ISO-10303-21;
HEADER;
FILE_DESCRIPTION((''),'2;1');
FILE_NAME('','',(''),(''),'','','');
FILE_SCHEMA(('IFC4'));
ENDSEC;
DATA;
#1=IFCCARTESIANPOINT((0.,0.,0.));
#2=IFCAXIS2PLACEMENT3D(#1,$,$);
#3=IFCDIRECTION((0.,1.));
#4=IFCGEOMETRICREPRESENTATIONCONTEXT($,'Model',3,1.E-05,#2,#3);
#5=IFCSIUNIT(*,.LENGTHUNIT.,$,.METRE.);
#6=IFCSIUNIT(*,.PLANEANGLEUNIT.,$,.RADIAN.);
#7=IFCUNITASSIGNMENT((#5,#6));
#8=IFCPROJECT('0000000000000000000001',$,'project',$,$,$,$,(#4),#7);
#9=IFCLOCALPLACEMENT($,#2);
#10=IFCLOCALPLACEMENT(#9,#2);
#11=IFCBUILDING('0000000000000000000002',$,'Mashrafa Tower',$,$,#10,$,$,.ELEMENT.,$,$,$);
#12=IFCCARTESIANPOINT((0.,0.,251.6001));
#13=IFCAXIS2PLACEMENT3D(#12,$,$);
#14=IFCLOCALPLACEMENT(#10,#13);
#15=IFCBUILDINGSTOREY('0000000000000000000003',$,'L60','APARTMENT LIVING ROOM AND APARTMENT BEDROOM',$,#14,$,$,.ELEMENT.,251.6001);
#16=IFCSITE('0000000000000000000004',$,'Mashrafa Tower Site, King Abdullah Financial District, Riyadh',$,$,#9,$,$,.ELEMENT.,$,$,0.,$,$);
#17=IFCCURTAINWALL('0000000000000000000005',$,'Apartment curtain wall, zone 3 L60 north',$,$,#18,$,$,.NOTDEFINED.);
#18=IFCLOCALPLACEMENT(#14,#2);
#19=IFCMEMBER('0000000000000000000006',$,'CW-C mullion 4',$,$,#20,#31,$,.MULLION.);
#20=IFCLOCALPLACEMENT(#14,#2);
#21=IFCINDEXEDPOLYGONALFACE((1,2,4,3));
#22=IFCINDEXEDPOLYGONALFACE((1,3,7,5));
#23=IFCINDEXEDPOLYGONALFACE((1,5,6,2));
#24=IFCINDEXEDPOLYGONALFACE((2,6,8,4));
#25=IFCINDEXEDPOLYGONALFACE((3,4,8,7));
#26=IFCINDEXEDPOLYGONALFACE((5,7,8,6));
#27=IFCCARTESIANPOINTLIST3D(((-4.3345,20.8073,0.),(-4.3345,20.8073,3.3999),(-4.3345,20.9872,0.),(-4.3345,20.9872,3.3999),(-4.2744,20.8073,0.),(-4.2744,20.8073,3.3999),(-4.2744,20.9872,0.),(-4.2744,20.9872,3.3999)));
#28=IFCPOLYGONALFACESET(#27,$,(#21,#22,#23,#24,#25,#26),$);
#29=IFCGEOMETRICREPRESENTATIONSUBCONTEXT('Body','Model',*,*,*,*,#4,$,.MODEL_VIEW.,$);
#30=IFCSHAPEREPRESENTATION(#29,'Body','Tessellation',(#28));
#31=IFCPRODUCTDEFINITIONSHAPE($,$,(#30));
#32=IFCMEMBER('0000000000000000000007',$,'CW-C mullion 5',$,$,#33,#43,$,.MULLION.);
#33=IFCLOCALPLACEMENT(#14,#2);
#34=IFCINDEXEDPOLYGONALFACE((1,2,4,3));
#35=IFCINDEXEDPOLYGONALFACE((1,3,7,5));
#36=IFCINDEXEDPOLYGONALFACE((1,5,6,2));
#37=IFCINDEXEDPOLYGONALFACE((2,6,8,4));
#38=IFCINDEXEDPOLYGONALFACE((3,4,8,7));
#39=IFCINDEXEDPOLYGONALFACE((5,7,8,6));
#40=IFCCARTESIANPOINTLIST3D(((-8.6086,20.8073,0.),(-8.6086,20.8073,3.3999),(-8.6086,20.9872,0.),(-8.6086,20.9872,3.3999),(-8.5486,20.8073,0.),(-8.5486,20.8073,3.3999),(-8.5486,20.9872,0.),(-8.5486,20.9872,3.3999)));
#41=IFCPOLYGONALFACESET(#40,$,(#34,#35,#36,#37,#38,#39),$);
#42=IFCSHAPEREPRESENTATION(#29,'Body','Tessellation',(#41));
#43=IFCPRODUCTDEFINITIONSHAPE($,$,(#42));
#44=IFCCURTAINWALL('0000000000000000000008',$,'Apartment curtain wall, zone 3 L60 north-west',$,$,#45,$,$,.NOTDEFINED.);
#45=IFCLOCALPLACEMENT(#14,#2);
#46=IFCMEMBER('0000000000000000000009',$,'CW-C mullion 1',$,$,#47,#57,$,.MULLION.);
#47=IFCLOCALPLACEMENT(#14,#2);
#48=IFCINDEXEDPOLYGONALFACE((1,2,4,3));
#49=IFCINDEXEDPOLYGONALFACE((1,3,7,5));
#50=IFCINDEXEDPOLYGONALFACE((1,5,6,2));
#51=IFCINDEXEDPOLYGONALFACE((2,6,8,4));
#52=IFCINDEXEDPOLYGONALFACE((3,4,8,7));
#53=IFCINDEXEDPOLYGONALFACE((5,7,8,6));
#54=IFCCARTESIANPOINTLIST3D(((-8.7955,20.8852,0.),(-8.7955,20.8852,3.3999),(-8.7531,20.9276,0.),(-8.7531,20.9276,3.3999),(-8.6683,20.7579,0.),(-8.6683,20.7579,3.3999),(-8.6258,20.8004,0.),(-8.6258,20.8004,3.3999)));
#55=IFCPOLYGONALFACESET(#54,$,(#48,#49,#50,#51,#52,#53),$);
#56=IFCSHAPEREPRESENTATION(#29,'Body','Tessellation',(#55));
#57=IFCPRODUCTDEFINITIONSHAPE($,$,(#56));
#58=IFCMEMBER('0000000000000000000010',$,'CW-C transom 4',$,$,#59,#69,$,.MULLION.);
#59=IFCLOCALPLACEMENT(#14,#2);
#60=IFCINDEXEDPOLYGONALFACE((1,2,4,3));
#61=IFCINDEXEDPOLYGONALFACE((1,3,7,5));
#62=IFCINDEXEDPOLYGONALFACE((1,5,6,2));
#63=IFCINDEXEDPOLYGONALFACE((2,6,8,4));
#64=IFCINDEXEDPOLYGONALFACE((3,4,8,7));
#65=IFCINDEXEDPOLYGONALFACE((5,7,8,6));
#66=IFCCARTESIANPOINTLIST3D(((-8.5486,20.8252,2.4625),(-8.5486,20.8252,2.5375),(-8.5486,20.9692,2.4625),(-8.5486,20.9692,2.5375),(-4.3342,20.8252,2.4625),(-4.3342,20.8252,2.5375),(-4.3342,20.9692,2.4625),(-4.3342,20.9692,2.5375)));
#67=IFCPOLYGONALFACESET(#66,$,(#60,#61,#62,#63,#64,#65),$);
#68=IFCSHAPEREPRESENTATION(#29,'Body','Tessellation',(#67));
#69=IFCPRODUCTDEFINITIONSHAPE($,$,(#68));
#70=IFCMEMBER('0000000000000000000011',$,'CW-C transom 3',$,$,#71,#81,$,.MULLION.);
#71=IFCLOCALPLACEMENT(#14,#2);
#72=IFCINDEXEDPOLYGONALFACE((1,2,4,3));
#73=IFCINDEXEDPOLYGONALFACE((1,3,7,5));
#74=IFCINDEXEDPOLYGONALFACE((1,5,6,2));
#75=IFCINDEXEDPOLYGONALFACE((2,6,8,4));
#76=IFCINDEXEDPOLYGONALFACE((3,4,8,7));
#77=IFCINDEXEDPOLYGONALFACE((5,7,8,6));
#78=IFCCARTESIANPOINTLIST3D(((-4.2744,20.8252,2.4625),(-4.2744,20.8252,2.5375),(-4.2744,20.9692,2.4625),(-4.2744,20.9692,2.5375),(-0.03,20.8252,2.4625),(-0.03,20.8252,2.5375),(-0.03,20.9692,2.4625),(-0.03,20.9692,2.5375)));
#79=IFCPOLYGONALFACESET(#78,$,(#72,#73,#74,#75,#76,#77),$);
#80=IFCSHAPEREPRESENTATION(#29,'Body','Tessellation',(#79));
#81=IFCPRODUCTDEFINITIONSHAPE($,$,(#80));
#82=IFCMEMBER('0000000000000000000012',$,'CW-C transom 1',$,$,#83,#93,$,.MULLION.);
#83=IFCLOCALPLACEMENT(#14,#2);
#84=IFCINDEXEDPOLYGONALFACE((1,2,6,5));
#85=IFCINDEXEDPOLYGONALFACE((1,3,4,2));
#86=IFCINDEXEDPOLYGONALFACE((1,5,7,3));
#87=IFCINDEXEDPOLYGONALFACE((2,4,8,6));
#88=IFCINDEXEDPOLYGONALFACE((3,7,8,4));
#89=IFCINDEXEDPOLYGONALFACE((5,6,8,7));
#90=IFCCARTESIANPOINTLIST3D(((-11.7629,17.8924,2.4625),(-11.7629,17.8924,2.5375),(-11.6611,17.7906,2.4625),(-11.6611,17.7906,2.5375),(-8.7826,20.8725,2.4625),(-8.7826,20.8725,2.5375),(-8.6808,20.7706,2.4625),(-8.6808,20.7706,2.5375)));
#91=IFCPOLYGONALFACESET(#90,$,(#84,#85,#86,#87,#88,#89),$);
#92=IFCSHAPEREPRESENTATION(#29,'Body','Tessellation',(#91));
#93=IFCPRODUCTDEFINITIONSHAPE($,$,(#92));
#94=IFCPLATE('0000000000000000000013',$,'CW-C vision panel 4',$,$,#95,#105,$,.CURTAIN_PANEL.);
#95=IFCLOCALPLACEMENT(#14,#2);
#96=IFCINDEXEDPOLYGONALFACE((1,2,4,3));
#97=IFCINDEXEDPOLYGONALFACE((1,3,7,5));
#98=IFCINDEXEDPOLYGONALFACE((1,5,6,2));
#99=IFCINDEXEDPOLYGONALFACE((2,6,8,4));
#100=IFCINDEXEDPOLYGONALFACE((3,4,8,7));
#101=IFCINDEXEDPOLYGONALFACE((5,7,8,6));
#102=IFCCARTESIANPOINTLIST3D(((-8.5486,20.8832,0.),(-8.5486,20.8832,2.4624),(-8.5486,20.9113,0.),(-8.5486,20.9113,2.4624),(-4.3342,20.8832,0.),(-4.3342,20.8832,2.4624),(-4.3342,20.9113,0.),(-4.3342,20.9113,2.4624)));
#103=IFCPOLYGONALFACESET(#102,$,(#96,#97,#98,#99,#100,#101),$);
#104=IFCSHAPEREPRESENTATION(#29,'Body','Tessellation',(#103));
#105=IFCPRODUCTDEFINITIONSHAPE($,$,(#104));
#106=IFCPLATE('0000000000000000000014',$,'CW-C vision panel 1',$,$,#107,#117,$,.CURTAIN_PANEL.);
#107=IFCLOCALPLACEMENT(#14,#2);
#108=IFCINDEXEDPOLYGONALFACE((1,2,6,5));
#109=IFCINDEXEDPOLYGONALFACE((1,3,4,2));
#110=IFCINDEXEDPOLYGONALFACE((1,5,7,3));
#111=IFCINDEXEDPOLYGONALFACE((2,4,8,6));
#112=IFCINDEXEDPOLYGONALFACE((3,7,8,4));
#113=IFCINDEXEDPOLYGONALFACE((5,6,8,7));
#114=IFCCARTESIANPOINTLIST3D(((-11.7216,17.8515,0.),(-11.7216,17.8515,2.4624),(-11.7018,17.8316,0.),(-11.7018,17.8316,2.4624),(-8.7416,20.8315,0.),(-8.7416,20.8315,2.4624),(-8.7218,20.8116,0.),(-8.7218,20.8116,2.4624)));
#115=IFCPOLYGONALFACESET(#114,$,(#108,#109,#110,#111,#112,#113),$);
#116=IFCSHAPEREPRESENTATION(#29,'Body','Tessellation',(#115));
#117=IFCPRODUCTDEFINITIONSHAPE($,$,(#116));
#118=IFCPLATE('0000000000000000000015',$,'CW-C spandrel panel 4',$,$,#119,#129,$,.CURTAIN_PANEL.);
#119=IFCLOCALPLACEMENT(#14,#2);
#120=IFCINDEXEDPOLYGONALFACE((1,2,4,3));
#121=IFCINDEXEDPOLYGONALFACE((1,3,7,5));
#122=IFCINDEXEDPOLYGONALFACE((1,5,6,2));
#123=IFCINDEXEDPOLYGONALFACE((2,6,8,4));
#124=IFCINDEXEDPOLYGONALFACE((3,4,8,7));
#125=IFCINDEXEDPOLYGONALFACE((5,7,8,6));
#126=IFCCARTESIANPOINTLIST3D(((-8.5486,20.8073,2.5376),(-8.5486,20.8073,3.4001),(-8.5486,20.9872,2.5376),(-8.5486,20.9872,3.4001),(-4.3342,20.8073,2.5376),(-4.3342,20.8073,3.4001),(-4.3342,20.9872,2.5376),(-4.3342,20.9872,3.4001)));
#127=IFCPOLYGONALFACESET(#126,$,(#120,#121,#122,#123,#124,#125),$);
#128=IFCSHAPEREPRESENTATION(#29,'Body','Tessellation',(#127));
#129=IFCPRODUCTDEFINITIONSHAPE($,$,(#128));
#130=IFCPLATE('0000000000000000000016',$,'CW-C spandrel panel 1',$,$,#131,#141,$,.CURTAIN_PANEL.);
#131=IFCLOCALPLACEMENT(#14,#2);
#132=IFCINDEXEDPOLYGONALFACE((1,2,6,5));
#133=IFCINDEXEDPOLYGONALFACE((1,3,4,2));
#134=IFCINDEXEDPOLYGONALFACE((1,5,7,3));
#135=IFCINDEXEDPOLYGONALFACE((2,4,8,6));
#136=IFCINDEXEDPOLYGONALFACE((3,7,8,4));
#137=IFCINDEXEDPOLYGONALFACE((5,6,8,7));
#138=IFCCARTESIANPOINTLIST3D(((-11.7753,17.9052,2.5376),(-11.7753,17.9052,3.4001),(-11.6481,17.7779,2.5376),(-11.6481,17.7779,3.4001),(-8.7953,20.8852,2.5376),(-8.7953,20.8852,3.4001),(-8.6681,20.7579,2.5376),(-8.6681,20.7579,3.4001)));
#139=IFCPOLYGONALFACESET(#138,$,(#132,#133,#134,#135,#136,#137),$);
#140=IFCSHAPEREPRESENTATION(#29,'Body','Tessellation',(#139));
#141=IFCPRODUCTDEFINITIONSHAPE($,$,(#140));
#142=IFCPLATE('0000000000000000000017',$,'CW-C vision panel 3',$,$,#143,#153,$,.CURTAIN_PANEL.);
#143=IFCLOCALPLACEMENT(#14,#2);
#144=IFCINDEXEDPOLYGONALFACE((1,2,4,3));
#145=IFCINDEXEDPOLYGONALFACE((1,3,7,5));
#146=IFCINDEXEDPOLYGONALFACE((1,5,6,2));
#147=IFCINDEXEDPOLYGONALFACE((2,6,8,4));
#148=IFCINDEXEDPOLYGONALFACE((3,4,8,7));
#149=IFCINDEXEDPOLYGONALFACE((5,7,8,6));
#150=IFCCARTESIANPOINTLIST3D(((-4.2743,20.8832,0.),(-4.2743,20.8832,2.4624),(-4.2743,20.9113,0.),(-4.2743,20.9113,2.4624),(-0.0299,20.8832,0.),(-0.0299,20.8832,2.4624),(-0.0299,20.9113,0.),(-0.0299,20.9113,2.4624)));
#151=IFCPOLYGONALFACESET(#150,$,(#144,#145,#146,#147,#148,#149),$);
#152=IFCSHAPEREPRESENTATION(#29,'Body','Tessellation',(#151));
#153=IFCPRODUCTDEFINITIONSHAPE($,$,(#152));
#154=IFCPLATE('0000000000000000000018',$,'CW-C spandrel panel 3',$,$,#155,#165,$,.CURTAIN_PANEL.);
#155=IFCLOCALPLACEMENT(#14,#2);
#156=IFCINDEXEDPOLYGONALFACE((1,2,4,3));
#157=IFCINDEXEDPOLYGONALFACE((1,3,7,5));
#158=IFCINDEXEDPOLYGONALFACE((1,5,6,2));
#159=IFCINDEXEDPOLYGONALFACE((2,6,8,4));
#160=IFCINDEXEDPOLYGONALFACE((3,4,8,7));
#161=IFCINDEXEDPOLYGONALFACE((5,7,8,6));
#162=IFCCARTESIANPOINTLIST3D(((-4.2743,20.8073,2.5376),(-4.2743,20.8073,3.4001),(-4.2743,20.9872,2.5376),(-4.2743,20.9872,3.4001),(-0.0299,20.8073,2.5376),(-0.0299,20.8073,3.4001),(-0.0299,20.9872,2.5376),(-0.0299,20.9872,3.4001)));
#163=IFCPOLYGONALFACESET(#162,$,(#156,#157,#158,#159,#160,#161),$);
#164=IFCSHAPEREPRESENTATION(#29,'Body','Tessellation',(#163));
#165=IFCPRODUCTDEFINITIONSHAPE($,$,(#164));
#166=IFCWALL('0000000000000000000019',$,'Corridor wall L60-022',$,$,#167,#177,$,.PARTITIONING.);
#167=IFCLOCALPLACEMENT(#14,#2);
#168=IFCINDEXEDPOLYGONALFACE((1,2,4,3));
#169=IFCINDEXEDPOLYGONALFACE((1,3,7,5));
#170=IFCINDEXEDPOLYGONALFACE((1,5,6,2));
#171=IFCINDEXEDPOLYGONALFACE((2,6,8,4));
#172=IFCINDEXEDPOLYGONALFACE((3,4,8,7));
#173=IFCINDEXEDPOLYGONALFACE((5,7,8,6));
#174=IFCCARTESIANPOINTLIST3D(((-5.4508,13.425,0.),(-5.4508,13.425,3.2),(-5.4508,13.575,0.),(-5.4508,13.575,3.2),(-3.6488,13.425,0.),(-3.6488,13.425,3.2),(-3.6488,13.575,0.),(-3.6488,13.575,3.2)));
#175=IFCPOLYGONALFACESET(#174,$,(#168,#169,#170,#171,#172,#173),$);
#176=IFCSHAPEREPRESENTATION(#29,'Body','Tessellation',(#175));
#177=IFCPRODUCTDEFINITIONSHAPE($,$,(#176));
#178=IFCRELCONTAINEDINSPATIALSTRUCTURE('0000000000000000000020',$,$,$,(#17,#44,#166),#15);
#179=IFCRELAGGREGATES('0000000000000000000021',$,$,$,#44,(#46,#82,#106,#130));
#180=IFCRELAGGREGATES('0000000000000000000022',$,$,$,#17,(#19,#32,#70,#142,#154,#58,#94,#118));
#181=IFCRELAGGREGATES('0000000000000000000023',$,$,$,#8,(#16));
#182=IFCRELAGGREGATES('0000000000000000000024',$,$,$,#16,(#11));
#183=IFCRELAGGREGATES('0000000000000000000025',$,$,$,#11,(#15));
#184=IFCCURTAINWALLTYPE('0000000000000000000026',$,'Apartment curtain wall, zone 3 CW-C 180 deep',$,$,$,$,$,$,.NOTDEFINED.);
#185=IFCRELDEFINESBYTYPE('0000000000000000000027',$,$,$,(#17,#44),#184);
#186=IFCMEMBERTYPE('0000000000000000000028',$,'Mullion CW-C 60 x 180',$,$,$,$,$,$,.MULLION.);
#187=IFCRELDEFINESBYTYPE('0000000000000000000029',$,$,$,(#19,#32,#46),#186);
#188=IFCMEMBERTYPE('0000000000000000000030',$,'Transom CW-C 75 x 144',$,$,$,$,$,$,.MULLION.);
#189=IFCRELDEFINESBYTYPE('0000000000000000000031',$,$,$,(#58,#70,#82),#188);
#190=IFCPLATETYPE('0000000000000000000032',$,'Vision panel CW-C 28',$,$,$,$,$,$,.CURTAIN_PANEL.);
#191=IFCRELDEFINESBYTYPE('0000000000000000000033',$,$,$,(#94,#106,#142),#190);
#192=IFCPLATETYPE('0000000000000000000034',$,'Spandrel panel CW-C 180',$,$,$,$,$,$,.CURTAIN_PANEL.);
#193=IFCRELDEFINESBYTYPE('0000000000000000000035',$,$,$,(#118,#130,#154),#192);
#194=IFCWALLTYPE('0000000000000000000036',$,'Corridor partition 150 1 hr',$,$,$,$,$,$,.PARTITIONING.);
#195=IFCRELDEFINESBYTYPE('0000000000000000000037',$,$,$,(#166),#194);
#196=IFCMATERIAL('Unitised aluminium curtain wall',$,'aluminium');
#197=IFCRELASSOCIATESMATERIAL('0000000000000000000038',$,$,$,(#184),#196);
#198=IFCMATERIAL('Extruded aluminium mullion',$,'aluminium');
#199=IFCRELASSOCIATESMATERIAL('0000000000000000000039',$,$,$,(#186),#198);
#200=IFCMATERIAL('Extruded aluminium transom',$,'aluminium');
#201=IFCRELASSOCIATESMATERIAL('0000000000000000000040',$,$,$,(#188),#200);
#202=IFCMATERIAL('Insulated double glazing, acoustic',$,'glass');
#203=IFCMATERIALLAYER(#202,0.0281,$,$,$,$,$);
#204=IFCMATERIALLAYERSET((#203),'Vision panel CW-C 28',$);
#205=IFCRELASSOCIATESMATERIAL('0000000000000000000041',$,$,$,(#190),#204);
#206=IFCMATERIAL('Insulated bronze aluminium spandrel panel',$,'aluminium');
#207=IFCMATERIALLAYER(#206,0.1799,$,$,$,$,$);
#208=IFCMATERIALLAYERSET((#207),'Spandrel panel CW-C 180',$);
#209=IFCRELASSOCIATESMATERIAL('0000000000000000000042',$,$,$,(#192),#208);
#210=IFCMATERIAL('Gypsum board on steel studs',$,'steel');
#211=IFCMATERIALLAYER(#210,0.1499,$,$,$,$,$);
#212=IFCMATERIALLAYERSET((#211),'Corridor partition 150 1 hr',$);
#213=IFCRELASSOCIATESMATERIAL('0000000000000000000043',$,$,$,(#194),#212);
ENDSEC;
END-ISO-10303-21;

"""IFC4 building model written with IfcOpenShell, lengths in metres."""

from ifc_helpers import new_model, si_unit, direction, frame, frame_2d, origin, origin_2d, place, context, subcontext, project, spatial, rectangle, extrude, source, transform, mapped, material, layer, layer_set, material_profile, profile_set, type_object, type_shapes, element, aggregate, save


model = new_model("IFC4")

# Units and contexts
model_context = context("Model", 3, precision=1e-05, world=origin(), true_north=direction((0.0, 1.0)))
body_context = subcontext(model_context, "Body", "Model", "MODEL_VIEW")
ifc_project = project(units=[si_unit("LENGTHUNIT", "METRE"), si_unit("PLANEANGLEUNIT", "RADIAN")], contexts=[model_context])

# Site, building, storey
site_placement = place(None, origin())
site = spatial("IfcSite", under=ifc_project, at=site_placement, Name="Mashrafa Tower Site, King Abdullah Financial District, Riyadh", CompositionType="ELEMENT", RefElevation=0.0)
building_placement = place(site_placement, origin())
building = spatial("IfcBuilding", under=site, at=building_placement, Name="Mashrafa Tower", CompositionType="ELEMENT")
storey_placement = place(building_placement, frame((0.0, 0.0, 251.6001)))
storey = spatial("IfcBuildingStorey", under=building, at=storey_placement, Name="L60", Description="APARTMENT LIVING ROOM AND APARTMENT BEDROOM", CompositionType="ELEMENT", Elevation=251.6001)

# Curtain wall, members
ifc_material_1 = material(Name="Unitised aluminium curtain wall", Category="aluminium")
curtain_wall_type = type_object("IfcCurtainWallType", Name="Apartment curtain wall, zone 3 CW-C 180 deep", PredefinedType="NOTDEFINED", material=ifc_material_1)
curtain_wall_1_placement = place(storey_placement, origin())
curtain_wall_1 = element("IfcCurtainWall", 1, at=curtain_wall_1_placement, inside=storey, type_object=curtain_wall_type, Name="Apartment curtain wall, zone 3 L60 north", PredefinedType="NOTDEFINED")
ifc_material_2 = material(Name="Extruded aluminium mullion", Category="aluminium")
ifc_material_profile_1 = material_profile(ifc_material_2, rectangle(XDim=0.1799, YDim=0.0601, at=origin_2d()), Name="Mullion 60x180")
ifc_profile_set_1 = profile_set([ifc_material_profile_1], Name="Extruded aluminium mullion")
member_type_1 = type_object("IfcMemberType", Name="Mullion CW-C 60 x 180", PredefinedType="MULLION", material=ifc_profile_set_1)
shared_shape_1 = source(origin(), body_context, "Body", "SweptSolid", [
    extrude(rectangle(XDim=0.1799, YDim=0.0601, at=origin_2d()), origin(), (0.0, 0.0, 1.0), 3.3999),
])
type_shapes(member_type_1, [shared_shape_1])
member_1_placement = place(storey_placement, frame((-4.3044, 20.8972, 0.0), z_axis=(0.0, 0.0, 1.0), x_axis=(0.0, -1.0, 0.0)))
member_1 = element("IfcMember", 2, at=member_1_placement, type_object=member_type_1, Name="CW-C mullion 4", PredefinedType="MULLION", context=body_context, shape_type="MappedRepresentation", body=[
    mapped(shared_shape_1, transform((0.0, 0.0, 0.0))),
])
member_2_placement = place(storey_placement, frame((-8.5786, 20.8972, 0.0), z_axis=(0.0, 0.0, 1.0), x_axis=(0.0, -1.0, 0.0)))
member_2 = element("IfcMember", 3, at=member_2_placement, type_object=member_type_1, Name="CW-C mullion 5", PredefinedType="MULLION", context=body_context, shape_type="MappedRepresentation", body=[
    mapped(shared_shape_1, transform((0.0, 0.0, 0.0))),
])

# Curtain wall, member
curtain_wall_2_placement = place(storey_placement, origin())
curtain_wall_2 = element("IfcCurtainWall", 4, at=curtain_wall_2_placement, inside=storey, type_object=curtain_wall_type, Name="Apartment curtain wall, zone 3 L60 north-west", PredefinedType="NOTDEFINED")
member_3_placement = place(storey_placement, frame((-8.7107, 20.8428, 0.0), z_axis=(0.0, 0.0, 1.0), x_axis=(0.707107, -0.707107, 0.0)))
member_3 = element("IfcMember", 5, at=member_3_placement, type_object=member_type_1, Name="CW-C mullion 1", PredefinedType="MULLION", context=body_context, shape_type="MappedRepresentation", body=[
    mapped(shared_shape_1, transform((0.0, 0.0, 0.0))),
])

# Members
ifc_material_3 = material(Name="Extruded aluminium transom", Category="aluminium")
ifc_material_profile_2 = material_profile(ifc_material_3, rectangle(XDim=0.144, YDim=0.075, at=origin_2d()), Name="Transom 75x144")
ifc_profile_set_2 = profile_set([ifc_material_profile_2], Name="Extruded aluminium transom")
member_type_2 = type_object("IfcMemberType", Name="Transom CW-C 75 x 144", PredefinedType="MULLION", material=ifc_profile_set_2)
shared_shape_2 = source(origin(), body_context, "Body", "SweptSolid", [
    extrude(rectangle(XDim=0.144, YDim=0.075, at=origin_2d()), origin(), (0.0, 0.0, 1.0), 4.2144),
])
member_4_placement = place(storey_placement, frame((-4.3342, 20.8972, 2.5), z_axis=(-1.0, 0.0, 0.0), x_axis=(0.0, -1.0, 0.0)))
member_4 = element("IfcMember", 6, at=member_4_placement, type_object=member_type_2, Name="CW-C transom 4", PredefinedType="MULLION", context=body_context, shape_type="MappedRepresentation", body=[
    mapped(shared_shape_2, transform((0.0, 0.0, 0.0))),
])
shared_shape_3 = source(origin(), body_context, "Body", "SweptSolid", [
    extrude(rectangle(XDim=0.144, YDim=0.075, at=origin_2d()), origin(), (0.0, 0.0, 1.0), 4.2444),
])
member_5_placement = place(storey_placement, frame((-0.03, 20.8972, 2.5), z_axis=(-1.0, 0.0, 0.0), x_axis=(0.0, -1.0, 0.0)))
member_5 = element("IfcMember", 7, at=member_5_placement, type_object=member_type_2, Name="CW-C transom 3", PredefinedType="MULLION", context=body_context, shape_type="MappedRepresentation", body=[
    mapped(shared_shape_3, transform((0.0, 0.0, 0.0))),
])
shared_shape_4 = source(origin(), body_context, "Body", "SweptSolid", [
    extrude(rectangle(XDim=0.144, YDim=0.075, at=origin_2d()), origin(), (0.0, 0.0, 1.0), 4.2146),
])
type_shapes(member_type_2, [shared_shape_2, shared_shape_3, shared_shape_4])
member_6_placement = place(storey_placement, frame((-8.7317, 20.8215, 2.5), z_axis=(-0.707136, -0.707078, 0.0), x_axis=(0.707078, -0.707136, 0.0)))
member_6 = element("IfcMember", 8, at=member_6_placement, type_object=member_type_2, Name="CW-C transom 1", PredefinedType="MULLION", context=body_context, shape_type="MappedRepresentation", body=[
    mapped(shared_shape_4, transform((0.0, 0.0, 0.0))),
])

# Plates
ifc_material_4 = material(Name="Insulated double glazing, acoustic", Category="glass")
ifc_layer_1 = layer(ifc_material_4, 0.0281)
ifc_layer_set_1 = layer_set([ifc_layer_1], Name="Vision panel CW-C 28")
plate_type_1 = type_object("IfcPlateType", Name="Vision panel CW-C 28", PredefinedType="CURTAIN_PANEL", material=ifc_layer_set_1)
shared_shape_5 = source(origin(), body_context, "Body", "SweptSolid", [
    extrude(rectangle(XDim=4.2144, YDim=0.0281, at=origin_2d()), origin(), (0.0, 0.0, 1.0), 2.4624),
])
plate_1_placement = place(storey_placement, frame((-6.4414, 20.8972, 0.0), z_axis=(0.0, 0.0, 1.0), x_axis=(-1.0, 0.0, 0.0)))
plate_1 = element("IfcPlate", 9, at=plate_1_placement, type_object=plate_type_1, Name="CW-C vision panel 4", PredefinedType="CURTAIN_PANEL", context=body_context, shape_type="MappedRepresentation", body=[
    mapped(shared_shape_5, transform((0.0, 0.0, 0.0))),
])
plate_2_placement = place(storey_placement, frame((-10.2217, 19.3315, 0.0), z_axis=(0.0, 0.0, 1.0), x_axis=(-0.707107, -0.707107, 0.0)))
plate_2 = element("IfcPlate", 10, at=plate_2_placement, type_object=plate_type_1, Name="CW-C vision panel 1", PredefinedType="CURTAIN_PANEL", context=body_context, shape_type="MappedRepresentation", body=[
    mapped(shared_shape_5, transform((0.0, 0.0, 0.0))),
])
ifc_material_5 = material(Name="Insulated bronze aluminium spandrel panel", Category="aluminium")
ifc_layer_2 = layer(ifc_material_5, 0.1799)
ifc_layer_set_2 = layer_set([ifc_layer_2], Name="Spandrel panel CW-C 180")
plate_type_2 = type_object("IfcPlateType", Name="Spandrel panel CW-C 180", PredefinedType="CURTAIN_PANEL", material=ifc_layer_set_2)
shared_shape_6 = source(origin(), body_context, "Body", "SweptSolid", [
    extrude(rectangle(XDim=4.2144, YDim=0.1799, at=origin_2d()), origin(), (0.0, 0.0, 1.0), 0.8625),
])
plate_3_placement = place(storey_placement, frame((-6.4414, 20.8972, 2.5376), z_axis=(0.0, 0.0, 1.0), x_axis=(-1.0, 0.0, 0.0)))
plate_3 = element("IfcPlate", 11, at=plate_3_placement, type_object=plate_type_2, Name="CW-C spandrel panel 4", PredefinedType="CURTAIN_PANEL", context=body_context, shape_type="MappedRepresentation", body=[
    mapped(shared_shape_6, transform((0.0, 0.0, 0.0))),
])
plate_4_placement = place(storey_placement, frame((-10.2217, 19.3315, 2.5376), z_axis=(0.0, 0.0, 1.0), x_axis=(-0.707107, -0.707107, 0.0)))
plate_4 = element("IfcPlate", 12, at=plate_4_placement, type_object=plate_type_2, Name="CW-C spandrel panel 1", PredefinedType="CURTAIN_PANEL", context=body_context, shape_type="MappedRepresentation", body=[
    mapped(shared_shape_6, transform((0.0, 0.0, 0.0))),
])
aggregate(curtain_wall_2, [member_3, member_6, plate_2, plate_4])
shared_shape_7 = source(origin(), body_context, "Body", "SweptSolid", [
    extrude(rectangle(XDim=4.2444, YDim=0.0281, at=origin_2d()), origin(), (0.0, 0.0, 1.0), 2.4624),
])
type_shapes(plate_type_1, [shared_shape_5, shared_shape_7])
plate_5_placement = place(storey_placement, frame((-2.1521, 20.8972, 0.0), z_axis=(0.0, 0.0, 1.0), x_axis=(-1.0, 0.0, 0.0)))
plate_5 = element("IfcPlate", 13, at=plate_5_placement, type_object=plate_type_1, Name="CW-C vision panel 3", PredefinedType="CURTAIN_PANEL", context=body_context, shape_type="MappedRepresentation", body=[
    mapped(shared_shape_7, transform((0.0, 0.0, 0.0))),
])
shared_shape_8 = source(origin(), body_context, "Body", "SweptSolid", [
    extrude(rectangle(XDim=4.2444, YDim=0.1799, at=origin_2d()), origin(), (0.0, 0.0, 1.0), 0.8625),
])
type_shapes(plate_type_2, [shared_shape_6, shared_shape_8])
plate_6_placement = place(storey_placement, frame((-2.1521, 20.8972, 2.5376), z_axis=(0.0, 0.0, 1.0), x_axis=(-1.0, 0.0, 0.0)))
plate_6 = element("IfcPlate", 14, at=plate_6_placement, type_object=plate_type_2, Name="CW-C spandrel panel 3", PredefinedType="CURTAIN_PANEL", context=body_context, shape_type="MappedRepresentation", body=[
    mapped(shared_shape_8, transform((0.0, 0.0, 0.0))),
])
aggregate(curtain_wall_1, [member_1, member_2, member_5, plate_5, plate_6, member_4, plate_1, plate_3])

# Wall
ifc_material_6 = material(Name="Gypsum board on steel studs", Category="steel")
ifc_layer_3 = layer(ifc_material_6, 0.1499)
ifc_layer_set_3 = layer_set([ifc_layer_3], Name="Corridor partition 150 1 hr")
wall_type_1 = type_object("IfcWallType", Name="Corridor partition 150 1 hr", PredefinedType="PARTITIONING", material=ifc_layer_set_3)
wall_1_placement = place(storey_placement, frame((-3.6489, 13.5, 0.0), z_axis=(0.0, 0.0, 1.0), x_axis=(-1.0, 0.0, 0.0)))
element("IfcWall", 15, at=wall_1_placement, inside=storey, type_object=wall_type_1, Name="Corridor wall L60-022", PredefinedType="PARTITIONING", context=body_context, shape_type="SweptSolid", body=[
    extrude(rectangle(XDim=1.802, YDim=0.1499, at=frame_2d((0.9009, 0.0))), origin(), (0.0, 0.0, 1.0), 3.2),
])

save(model, "model.ifc")
